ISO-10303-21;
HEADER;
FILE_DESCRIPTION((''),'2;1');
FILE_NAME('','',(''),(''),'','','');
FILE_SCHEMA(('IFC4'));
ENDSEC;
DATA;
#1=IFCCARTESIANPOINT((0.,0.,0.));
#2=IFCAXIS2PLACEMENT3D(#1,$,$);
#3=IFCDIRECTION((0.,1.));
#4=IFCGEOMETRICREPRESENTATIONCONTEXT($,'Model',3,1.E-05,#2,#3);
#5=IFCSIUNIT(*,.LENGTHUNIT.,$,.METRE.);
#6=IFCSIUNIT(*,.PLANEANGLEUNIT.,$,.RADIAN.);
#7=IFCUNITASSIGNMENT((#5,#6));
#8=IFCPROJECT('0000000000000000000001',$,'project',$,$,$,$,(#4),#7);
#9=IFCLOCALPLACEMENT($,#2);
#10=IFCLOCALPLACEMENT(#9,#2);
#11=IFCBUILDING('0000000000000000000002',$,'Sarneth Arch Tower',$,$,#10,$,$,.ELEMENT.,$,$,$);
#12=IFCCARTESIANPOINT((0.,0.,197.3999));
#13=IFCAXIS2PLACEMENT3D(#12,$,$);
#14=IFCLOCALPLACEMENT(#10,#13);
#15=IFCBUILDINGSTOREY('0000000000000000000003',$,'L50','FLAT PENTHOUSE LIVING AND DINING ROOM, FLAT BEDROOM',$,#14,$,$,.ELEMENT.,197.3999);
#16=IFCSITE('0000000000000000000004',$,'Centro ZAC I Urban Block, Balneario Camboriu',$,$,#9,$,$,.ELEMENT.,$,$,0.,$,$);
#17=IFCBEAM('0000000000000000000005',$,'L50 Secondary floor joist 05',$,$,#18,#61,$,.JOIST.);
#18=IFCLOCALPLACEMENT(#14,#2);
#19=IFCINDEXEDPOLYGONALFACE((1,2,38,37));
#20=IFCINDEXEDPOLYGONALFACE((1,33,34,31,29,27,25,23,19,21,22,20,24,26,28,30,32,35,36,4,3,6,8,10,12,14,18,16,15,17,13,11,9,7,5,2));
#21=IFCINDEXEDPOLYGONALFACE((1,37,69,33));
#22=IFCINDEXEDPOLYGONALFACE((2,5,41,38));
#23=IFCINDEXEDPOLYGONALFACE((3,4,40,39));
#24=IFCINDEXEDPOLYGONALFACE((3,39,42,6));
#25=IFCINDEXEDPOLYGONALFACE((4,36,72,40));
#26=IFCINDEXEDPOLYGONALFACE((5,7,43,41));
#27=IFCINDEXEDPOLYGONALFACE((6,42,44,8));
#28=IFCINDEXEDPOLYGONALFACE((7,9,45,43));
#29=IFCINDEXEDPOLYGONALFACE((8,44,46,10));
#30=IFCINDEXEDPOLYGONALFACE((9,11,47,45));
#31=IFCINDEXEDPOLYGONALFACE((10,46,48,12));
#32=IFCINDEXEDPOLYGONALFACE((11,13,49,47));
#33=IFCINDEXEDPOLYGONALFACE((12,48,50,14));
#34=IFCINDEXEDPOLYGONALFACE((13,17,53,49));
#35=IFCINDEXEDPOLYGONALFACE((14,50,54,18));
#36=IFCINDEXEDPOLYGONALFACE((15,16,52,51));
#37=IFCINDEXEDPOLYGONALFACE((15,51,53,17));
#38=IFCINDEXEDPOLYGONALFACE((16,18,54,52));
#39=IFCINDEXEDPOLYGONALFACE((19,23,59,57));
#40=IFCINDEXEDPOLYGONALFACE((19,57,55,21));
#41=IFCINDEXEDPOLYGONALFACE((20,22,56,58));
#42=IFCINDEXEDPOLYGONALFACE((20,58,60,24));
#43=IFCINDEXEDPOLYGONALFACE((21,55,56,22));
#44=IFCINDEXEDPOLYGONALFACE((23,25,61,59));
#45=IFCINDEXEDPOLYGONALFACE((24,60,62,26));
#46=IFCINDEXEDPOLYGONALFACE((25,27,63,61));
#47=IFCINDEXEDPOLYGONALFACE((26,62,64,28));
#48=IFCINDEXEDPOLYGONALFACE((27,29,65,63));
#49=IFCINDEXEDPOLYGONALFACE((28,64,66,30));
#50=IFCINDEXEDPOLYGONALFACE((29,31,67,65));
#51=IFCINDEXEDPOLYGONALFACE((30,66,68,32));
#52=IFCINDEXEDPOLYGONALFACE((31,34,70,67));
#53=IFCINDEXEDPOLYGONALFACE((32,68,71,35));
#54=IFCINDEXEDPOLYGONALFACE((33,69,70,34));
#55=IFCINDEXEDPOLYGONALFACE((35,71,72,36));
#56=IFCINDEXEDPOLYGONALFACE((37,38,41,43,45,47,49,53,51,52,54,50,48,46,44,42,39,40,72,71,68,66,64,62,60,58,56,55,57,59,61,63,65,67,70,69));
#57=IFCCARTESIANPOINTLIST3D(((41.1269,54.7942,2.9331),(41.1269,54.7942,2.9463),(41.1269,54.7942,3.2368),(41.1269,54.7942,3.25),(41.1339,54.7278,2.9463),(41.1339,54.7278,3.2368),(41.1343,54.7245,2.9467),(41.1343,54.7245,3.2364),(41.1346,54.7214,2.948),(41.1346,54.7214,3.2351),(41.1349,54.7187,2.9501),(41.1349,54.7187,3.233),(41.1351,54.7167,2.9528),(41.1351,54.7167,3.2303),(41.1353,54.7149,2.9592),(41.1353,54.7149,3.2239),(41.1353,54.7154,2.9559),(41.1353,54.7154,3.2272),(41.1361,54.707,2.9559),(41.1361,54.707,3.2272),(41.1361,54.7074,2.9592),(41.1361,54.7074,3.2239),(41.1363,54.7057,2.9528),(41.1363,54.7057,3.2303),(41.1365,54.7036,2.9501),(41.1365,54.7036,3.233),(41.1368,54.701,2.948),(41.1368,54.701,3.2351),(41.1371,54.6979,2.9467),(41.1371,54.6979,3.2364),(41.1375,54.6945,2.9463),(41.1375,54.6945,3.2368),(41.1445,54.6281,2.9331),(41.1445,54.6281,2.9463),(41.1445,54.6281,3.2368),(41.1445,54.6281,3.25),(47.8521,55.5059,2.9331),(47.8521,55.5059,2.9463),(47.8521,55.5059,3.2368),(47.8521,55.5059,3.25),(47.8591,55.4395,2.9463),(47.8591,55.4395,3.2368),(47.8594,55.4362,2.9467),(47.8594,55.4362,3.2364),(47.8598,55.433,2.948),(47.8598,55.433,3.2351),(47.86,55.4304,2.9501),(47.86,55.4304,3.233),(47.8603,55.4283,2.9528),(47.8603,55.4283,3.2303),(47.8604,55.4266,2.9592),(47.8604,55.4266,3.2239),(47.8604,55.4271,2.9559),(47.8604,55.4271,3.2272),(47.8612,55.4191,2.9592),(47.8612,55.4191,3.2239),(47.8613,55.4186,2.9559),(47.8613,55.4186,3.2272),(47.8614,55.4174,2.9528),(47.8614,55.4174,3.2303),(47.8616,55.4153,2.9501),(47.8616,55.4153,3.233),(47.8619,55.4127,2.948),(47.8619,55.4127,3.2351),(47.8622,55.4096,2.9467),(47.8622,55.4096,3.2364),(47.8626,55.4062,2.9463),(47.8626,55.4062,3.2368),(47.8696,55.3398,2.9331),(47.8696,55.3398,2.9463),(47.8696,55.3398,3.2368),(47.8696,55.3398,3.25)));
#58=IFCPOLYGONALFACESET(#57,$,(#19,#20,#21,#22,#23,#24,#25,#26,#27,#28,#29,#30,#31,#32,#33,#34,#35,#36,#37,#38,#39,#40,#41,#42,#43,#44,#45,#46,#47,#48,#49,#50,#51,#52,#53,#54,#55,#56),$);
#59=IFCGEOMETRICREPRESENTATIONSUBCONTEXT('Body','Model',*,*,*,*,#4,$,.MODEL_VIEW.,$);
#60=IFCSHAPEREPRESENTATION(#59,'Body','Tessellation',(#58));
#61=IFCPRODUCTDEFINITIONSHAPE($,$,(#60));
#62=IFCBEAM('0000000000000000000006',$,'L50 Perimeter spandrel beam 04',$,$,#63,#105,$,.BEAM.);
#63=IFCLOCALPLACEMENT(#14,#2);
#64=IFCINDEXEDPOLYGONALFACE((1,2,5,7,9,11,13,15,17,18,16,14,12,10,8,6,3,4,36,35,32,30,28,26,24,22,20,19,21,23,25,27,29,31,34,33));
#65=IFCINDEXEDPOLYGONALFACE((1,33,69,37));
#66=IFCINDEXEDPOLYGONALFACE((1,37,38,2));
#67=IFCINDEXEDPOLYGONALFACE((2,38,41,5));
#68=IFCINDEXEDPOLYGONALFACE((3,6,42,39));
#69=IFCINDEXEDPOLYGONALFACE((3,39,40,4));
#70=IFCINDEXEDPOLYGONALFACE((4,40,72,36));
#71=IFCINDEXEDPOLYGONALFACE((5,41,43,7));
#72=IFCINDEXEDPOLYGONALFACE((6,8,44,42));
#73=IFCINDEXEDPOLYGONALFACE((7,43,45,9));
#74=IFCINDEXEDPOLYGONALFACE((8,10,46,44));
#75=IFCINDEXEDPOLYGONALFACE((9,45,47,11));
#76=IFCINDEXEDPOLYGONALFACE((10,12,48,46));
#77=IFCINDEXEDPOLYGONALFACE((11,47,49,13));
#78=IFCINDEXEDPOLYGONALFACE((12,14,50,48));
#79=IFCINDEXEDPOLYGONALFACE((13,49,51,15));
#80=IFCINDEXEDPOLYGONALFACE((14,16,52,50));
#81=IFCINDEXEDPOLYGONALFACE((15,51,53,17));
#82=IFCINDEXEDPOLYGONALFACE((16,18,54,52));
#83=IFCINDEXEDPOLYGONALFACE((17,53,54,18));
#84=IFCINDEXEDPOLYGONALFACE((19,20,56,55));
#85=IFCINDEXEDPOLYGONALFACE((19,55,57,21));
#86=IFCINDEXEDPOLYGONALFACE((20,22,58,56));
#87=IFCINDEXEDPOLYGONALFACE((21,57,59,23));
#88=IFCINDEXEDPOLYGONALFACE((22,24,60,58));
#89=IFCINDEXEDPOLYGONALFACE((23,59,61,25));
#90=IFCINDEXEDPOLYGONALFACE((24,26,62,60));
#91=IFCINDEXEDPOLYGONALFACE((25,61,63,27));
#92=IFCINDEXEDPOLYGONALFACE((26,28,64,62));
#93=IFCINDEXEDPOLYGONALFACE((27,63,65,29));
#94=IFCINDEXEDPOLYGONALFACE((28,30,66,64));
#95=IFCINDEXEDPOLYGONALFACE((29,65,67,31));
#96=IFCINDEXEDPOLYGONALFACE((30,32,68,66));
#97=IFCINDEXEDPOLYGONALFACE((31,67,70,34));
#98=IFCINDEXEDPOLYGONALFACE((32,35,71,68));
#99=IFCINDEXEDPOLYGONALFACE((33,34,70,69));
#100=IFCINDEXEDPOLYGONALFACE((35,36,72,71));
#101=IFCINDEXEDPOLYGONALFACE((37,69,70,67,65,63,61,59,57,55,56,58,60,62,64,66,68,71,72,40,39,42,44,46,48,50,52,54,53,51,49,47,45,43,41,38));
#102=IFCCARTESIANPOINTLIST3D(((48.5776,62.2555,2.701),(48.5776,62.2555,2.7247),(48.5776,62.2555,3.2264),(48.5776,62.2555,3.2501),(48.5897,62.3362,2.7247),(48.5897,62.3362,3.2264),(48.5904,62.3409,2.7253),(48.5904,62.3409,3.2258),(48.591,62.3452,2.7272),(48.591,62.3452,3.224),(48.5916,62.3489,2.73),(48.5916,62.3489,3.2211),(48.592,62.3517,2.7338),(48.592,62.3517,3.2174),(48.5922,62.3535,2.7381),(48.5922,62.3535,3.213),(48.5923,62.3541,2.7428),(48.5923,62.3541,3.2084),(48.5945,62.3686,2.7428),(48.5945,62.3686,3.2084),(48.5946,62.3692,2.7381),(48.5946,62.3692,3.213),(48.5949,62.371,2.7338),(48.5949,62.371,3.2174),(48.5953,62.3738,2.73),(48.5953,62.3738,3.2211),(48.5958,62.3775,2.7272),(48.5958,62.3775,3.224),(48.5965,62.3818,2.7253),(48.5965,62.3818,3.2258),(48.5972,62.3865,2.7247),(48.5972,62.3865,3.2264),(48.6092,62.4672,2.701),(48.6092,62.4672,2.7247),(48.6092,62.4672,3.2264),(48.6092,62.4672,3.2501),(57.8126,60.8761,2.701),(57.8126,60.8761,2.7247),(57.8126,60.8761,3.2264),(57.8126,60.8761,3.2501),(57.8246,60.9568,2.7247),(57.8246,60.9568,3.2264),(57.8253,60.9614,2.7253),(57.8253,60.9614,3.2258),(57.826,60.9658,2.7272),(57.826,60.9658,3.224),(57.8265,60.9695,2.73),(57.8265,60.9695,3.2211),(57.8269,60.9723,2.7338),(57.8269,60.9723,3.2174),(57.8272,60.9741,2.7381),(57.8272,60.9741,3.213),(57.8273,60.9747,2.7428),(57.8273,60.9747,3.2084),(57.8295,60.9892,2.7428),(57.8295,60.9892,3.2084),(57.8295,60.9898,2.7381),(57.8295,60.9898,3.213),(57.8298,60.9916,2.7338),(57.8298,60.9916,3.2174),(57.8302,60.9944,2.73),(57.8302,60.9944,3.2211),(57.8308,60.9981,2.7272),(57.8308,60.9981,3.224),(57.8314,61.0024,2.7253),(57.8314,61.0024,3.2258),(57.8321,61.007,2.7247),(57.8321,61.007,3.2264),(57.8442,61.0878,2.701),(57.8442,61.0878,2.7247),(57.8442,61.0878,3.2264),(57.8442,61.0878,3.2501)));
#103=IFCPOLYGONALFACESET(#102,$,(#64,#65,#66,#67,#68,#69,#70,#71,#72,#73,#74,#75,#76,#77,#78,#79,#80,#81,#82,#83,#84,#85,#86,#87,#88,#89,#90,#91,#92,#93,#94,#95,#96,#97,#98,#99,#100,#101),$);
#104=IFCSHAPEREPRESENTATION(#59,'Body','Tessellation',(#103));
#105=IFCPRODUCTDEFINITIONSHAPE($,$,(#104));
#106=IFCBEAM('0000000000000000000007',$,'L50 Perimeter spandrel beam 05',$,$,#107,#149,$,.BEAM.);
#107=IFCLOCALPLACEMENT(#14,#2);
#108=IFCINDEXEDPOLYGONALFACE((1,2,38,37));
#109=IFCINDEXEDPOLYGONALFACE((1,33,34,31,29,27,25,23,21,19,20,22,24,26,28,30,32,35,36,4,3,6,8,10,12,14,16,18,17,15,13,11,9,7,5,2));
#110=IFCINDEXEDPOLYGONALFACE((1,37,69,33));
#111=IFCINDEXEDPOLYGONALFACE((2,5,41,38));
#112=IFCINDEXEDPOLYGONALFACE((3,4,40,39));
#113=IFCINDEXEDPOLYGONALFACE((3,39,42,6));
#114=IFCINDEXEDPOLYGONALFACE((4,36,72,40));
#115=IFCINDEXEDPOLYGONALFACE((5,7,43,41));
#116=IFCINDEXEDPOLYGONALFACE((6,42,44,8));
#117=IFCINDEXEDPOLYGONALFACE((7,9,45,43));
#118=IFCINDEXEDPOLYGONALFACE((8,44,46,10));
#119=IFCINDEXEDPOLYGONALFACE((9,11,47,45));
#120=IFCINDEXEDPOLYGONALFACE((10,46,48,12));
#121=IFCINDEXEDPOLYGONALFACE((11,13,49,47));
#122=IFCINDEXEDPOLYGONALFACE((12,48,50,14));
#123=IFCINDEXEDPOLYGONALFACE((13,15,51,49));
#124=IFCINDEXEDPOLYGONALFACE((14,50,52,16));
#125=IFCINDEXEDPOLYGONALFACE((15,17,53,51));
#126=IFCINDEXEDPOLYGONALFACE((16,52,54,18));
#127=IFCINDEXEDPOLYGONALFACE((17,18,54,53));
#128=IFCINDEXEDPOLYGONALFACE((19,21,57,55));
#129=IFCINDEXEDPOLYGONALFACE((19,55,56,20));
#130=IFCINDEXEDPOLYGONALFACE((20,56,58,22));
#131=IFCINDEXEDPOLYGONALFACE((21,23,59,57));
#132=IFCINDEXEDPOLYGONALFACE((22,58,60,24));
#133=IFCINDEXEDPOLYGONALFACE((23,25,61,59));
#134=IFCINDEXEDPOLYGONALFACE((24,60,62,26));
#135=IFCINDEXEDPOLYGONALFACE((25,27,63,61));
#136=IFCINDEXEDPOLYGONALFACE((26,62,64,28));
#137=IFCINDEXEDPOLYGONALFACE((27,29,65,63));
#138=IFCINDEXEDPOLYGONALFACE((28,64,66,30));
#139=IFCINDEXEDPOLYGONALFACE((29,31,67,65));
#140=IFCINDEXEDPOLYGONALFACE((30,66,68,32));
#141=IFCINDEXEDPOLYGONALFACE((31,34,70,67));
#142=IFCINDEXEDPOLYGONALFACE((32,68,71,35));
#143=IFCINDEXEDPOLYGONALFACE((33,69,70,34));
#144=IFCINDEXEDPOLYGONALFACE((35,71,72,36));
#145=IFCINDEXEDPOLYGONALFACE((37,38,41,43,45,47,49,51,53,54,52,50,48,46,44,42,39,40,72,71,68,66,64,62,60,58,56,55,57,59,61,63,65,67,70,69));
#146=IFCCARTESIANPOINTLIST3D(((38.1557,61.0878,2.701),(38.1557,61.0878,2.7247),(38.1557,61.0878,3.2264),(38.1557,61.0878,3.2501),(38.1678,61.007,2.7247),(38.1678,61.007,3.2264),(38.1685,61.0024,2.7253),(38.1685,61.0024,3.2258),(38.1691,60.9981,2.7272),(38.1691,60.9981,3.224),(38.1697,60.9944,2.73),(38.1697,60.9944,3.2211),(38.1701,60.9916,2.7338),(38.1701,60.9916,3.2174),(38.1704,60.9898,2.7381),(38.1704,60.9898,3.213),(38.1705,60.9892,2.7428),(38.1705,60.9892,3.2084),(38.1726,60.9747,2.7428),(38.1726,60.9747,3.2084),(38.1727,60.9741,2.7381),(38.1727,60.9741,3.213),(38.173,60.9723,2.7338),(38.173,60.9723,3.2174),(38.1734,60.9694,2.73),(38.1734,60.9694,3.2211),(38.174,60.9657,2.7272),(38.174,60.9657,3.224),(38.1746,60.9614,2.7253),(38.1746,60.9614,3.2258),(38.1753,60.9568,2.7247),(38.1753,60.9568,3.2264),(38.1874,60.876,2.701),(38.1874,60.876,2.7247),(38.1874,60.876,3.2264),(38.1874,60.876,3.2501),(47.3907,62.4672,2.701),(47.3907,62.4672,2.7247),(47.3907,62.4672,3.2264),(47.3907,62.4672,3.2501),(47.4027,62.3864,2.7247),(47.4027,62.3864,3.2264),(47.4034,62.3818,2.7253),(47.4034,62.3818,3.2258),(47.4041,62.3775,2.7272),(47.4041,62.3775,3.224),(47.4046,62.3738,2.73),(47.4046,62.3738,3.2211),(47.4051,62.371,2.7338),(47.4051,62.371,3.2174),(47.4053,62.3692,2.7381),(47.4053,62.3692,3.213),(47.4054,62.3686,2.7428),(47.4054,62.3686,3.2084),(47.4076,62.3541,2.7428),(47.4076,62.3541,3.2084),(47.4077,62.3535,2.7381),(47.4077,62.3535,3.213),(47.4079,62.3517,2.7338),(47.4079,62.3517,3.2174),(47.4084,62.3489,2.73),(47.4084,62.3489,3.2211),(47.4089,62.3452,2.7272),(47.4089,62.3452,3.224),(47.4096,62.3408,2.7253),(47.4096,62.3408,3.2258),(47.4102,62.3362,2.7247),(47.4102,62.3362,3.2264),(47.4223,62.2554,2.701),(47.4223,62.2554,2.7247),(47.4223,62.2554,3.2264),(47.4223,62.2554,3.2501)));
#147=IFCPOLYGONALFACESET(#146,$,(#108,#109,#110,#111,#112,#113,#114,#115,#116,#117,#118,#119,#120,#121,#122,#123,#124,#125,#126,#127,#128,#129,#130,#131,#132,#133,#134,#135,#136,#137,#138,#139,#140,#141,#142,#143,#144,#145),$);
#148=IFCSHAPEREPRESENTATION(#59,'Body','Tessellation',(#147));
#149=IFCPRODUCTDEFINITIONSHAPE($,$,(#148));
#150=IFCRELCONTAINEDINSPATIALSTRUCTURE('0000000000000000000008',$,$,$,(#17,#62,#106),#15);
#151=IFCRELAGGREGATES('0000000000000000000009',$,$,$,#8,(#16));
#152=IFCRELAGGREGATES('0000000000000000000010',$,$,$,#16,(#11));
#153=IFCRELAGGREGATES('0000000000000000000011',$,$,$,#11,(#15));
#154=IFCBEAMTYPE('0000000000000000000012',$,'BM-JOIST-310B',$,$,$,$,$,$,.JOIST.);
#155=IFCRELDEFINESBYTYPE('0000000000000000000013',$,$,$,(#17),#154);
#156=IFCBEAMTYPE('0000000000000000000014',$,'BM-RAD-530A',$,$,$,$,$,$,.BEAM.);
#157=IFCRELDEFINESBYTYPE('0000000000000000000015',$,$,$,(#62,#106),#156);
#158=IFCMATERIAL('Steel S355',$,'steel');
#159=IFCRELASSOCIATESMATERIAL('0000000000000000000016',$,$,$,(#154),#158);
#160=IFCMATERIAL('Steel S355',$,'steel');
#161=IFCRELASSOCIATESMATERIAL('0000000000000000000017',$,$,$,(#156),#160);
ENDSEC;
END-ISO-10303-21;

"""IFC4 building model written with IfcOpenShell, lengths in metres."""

from ifc_helpers import new_model, si_unit, direction, frame, origin, origin_2d, place, context, subcontext, project, spatial, i_section, extrude, material, material_profile, profile_set, type_object, element, save


model = new_model("IFC4")

# Units and contexts
model_context = context("Model", 3, precision=1e-05, world=origin(), true_north=direction((0.0, 1.0)))
body_context = subcontext(model_context, "Body", "Model", "MODEL_VIEW")
ifc_project = project(units=[si_unit("LENGTHUNIT", "METRE"), si_unit("PLANEANGLEUNIT", "RADIAN")], contexts=[model_context])

# Site, building, storey
site_placement = place(None, origin())
site = spatial("IfcSite", under=ifc_project, at=site_placement, Name="Centro ZAC I Urban Block, Balneario Camboriu", CompositionType="ELEMENT", RefElevation=0.0)
building_placement = place(site_placement, origin())
building = spatial("IfcBuilding", under=site, at=building_placement, Name="Sarneth Arch Tower", CompositionType="ELEMENT")
storey_placement = place(building_placement, frame((0.0, 0.0, 197.3999)))
storey = spatial("IfcBuildingStorey", under=building, at=storey_placement, Name="L50", Description="FLAT PENTHOUSE LIVING AND DINING ROOM, FLAT BEDROOM", CompositionType="ELEMENT", Elevation=197.3999)

# Beams
ifc_material_1 = material(Name="Steel S355", Category="steel")
ifc_material_profile_1 = material_profile(ifc_material_1, i_section(OverallWidth=0.167, OverallDepth=0.3169, WebThickness=0.0076, FlangeThickness=0.0132, FilletRadius=0.0129, at=origin_2d()), Name="W310x52")
ifc_profile_set_1 = profile_set([ifc_material_profile_1], Name="Steel S355")
beam_type_1 = type_object("IfcBeamType", Name="BM-JOIST-310B", PredefinedType="JOIST", material=ifc_profile_set_1)
beam_placement = place(storey_placement, frame((47.8608, 55.4229, 3.0916), z_axis=(-0.994447, -0.105235, 0.0), x_axis=(0.105235, -0.994447, 0.0)))
element("IfcBeam", 1, at=beam_placement, inside=storey, type_object=beam_type_1, Name="L50 Secondary floor joist 05", PredefinedType="JOIST", context=body_context, shape_type="SweptSolid", body=[
    extrude(i_section(OverallWidth=0.167, OverallDepth=0.3169, WebThickness=0.0076, FlangeThickness=0.0132, FilletRadius=0.0129, at=origin_2d()), origin(), (0.0, 0.0, 1.0), 6.7627),
])
ifc_material_2 = material(Name="Steel S355", Category="steel")
ifc_material_profile_2 = material_profile(ifc_material_2, i_section(OverallWidth=0.2141, OverallDepth=0.5491, WebThickness=0.0146, FlangeThickness=0.0237, FilletRadius=0.0181, at=origin_2d()), Name="W530x138")
ifc_profile_set_2 = profile_set([ifc_material_profile_2], Name="Steel S355")
beam_type_2 = type_object("IfcBeamType", Name="BM-RAD-530A", PredefinedType="BEAM", material=ifc_profile_set_2)
for number, where, z_axis, x_axis, name in (
    (2, (57.8284, 60.9819, 2.9756), (-0.989028, 0.147729, 0.0), (-0.147729, -0.989028, 0.0), "L50 Perimeter spandrel beam 04"),
    (3, (47.4065, 62.3613, 2.9756), (-0.989028, -0.147729, 0.0), (0.147729, -0.989028, 0.0), "L50 Perimeter spandrel beam 05"),
):
    element("IfcBeam", number, at=place(storey_placement, frame(where, z_axis=z_axis, x_axis=x_axis)), inside=storey, type_object=beam_type_2, Name=name, PredefinedType="BEAM", context=body_context, shape_type="SweptSolid", body=[
        extrude(i_section(OverallWidth=0.2141, OverallDepth=0.5491, WebThickness=0.0146, FlangeThickness=0.0237, FilletRadius=0.0181, at=origin_2d()), origin(), (0.0, 0.0, 1.0), 9.3374),
    ])

save(model, "model.ifc")
